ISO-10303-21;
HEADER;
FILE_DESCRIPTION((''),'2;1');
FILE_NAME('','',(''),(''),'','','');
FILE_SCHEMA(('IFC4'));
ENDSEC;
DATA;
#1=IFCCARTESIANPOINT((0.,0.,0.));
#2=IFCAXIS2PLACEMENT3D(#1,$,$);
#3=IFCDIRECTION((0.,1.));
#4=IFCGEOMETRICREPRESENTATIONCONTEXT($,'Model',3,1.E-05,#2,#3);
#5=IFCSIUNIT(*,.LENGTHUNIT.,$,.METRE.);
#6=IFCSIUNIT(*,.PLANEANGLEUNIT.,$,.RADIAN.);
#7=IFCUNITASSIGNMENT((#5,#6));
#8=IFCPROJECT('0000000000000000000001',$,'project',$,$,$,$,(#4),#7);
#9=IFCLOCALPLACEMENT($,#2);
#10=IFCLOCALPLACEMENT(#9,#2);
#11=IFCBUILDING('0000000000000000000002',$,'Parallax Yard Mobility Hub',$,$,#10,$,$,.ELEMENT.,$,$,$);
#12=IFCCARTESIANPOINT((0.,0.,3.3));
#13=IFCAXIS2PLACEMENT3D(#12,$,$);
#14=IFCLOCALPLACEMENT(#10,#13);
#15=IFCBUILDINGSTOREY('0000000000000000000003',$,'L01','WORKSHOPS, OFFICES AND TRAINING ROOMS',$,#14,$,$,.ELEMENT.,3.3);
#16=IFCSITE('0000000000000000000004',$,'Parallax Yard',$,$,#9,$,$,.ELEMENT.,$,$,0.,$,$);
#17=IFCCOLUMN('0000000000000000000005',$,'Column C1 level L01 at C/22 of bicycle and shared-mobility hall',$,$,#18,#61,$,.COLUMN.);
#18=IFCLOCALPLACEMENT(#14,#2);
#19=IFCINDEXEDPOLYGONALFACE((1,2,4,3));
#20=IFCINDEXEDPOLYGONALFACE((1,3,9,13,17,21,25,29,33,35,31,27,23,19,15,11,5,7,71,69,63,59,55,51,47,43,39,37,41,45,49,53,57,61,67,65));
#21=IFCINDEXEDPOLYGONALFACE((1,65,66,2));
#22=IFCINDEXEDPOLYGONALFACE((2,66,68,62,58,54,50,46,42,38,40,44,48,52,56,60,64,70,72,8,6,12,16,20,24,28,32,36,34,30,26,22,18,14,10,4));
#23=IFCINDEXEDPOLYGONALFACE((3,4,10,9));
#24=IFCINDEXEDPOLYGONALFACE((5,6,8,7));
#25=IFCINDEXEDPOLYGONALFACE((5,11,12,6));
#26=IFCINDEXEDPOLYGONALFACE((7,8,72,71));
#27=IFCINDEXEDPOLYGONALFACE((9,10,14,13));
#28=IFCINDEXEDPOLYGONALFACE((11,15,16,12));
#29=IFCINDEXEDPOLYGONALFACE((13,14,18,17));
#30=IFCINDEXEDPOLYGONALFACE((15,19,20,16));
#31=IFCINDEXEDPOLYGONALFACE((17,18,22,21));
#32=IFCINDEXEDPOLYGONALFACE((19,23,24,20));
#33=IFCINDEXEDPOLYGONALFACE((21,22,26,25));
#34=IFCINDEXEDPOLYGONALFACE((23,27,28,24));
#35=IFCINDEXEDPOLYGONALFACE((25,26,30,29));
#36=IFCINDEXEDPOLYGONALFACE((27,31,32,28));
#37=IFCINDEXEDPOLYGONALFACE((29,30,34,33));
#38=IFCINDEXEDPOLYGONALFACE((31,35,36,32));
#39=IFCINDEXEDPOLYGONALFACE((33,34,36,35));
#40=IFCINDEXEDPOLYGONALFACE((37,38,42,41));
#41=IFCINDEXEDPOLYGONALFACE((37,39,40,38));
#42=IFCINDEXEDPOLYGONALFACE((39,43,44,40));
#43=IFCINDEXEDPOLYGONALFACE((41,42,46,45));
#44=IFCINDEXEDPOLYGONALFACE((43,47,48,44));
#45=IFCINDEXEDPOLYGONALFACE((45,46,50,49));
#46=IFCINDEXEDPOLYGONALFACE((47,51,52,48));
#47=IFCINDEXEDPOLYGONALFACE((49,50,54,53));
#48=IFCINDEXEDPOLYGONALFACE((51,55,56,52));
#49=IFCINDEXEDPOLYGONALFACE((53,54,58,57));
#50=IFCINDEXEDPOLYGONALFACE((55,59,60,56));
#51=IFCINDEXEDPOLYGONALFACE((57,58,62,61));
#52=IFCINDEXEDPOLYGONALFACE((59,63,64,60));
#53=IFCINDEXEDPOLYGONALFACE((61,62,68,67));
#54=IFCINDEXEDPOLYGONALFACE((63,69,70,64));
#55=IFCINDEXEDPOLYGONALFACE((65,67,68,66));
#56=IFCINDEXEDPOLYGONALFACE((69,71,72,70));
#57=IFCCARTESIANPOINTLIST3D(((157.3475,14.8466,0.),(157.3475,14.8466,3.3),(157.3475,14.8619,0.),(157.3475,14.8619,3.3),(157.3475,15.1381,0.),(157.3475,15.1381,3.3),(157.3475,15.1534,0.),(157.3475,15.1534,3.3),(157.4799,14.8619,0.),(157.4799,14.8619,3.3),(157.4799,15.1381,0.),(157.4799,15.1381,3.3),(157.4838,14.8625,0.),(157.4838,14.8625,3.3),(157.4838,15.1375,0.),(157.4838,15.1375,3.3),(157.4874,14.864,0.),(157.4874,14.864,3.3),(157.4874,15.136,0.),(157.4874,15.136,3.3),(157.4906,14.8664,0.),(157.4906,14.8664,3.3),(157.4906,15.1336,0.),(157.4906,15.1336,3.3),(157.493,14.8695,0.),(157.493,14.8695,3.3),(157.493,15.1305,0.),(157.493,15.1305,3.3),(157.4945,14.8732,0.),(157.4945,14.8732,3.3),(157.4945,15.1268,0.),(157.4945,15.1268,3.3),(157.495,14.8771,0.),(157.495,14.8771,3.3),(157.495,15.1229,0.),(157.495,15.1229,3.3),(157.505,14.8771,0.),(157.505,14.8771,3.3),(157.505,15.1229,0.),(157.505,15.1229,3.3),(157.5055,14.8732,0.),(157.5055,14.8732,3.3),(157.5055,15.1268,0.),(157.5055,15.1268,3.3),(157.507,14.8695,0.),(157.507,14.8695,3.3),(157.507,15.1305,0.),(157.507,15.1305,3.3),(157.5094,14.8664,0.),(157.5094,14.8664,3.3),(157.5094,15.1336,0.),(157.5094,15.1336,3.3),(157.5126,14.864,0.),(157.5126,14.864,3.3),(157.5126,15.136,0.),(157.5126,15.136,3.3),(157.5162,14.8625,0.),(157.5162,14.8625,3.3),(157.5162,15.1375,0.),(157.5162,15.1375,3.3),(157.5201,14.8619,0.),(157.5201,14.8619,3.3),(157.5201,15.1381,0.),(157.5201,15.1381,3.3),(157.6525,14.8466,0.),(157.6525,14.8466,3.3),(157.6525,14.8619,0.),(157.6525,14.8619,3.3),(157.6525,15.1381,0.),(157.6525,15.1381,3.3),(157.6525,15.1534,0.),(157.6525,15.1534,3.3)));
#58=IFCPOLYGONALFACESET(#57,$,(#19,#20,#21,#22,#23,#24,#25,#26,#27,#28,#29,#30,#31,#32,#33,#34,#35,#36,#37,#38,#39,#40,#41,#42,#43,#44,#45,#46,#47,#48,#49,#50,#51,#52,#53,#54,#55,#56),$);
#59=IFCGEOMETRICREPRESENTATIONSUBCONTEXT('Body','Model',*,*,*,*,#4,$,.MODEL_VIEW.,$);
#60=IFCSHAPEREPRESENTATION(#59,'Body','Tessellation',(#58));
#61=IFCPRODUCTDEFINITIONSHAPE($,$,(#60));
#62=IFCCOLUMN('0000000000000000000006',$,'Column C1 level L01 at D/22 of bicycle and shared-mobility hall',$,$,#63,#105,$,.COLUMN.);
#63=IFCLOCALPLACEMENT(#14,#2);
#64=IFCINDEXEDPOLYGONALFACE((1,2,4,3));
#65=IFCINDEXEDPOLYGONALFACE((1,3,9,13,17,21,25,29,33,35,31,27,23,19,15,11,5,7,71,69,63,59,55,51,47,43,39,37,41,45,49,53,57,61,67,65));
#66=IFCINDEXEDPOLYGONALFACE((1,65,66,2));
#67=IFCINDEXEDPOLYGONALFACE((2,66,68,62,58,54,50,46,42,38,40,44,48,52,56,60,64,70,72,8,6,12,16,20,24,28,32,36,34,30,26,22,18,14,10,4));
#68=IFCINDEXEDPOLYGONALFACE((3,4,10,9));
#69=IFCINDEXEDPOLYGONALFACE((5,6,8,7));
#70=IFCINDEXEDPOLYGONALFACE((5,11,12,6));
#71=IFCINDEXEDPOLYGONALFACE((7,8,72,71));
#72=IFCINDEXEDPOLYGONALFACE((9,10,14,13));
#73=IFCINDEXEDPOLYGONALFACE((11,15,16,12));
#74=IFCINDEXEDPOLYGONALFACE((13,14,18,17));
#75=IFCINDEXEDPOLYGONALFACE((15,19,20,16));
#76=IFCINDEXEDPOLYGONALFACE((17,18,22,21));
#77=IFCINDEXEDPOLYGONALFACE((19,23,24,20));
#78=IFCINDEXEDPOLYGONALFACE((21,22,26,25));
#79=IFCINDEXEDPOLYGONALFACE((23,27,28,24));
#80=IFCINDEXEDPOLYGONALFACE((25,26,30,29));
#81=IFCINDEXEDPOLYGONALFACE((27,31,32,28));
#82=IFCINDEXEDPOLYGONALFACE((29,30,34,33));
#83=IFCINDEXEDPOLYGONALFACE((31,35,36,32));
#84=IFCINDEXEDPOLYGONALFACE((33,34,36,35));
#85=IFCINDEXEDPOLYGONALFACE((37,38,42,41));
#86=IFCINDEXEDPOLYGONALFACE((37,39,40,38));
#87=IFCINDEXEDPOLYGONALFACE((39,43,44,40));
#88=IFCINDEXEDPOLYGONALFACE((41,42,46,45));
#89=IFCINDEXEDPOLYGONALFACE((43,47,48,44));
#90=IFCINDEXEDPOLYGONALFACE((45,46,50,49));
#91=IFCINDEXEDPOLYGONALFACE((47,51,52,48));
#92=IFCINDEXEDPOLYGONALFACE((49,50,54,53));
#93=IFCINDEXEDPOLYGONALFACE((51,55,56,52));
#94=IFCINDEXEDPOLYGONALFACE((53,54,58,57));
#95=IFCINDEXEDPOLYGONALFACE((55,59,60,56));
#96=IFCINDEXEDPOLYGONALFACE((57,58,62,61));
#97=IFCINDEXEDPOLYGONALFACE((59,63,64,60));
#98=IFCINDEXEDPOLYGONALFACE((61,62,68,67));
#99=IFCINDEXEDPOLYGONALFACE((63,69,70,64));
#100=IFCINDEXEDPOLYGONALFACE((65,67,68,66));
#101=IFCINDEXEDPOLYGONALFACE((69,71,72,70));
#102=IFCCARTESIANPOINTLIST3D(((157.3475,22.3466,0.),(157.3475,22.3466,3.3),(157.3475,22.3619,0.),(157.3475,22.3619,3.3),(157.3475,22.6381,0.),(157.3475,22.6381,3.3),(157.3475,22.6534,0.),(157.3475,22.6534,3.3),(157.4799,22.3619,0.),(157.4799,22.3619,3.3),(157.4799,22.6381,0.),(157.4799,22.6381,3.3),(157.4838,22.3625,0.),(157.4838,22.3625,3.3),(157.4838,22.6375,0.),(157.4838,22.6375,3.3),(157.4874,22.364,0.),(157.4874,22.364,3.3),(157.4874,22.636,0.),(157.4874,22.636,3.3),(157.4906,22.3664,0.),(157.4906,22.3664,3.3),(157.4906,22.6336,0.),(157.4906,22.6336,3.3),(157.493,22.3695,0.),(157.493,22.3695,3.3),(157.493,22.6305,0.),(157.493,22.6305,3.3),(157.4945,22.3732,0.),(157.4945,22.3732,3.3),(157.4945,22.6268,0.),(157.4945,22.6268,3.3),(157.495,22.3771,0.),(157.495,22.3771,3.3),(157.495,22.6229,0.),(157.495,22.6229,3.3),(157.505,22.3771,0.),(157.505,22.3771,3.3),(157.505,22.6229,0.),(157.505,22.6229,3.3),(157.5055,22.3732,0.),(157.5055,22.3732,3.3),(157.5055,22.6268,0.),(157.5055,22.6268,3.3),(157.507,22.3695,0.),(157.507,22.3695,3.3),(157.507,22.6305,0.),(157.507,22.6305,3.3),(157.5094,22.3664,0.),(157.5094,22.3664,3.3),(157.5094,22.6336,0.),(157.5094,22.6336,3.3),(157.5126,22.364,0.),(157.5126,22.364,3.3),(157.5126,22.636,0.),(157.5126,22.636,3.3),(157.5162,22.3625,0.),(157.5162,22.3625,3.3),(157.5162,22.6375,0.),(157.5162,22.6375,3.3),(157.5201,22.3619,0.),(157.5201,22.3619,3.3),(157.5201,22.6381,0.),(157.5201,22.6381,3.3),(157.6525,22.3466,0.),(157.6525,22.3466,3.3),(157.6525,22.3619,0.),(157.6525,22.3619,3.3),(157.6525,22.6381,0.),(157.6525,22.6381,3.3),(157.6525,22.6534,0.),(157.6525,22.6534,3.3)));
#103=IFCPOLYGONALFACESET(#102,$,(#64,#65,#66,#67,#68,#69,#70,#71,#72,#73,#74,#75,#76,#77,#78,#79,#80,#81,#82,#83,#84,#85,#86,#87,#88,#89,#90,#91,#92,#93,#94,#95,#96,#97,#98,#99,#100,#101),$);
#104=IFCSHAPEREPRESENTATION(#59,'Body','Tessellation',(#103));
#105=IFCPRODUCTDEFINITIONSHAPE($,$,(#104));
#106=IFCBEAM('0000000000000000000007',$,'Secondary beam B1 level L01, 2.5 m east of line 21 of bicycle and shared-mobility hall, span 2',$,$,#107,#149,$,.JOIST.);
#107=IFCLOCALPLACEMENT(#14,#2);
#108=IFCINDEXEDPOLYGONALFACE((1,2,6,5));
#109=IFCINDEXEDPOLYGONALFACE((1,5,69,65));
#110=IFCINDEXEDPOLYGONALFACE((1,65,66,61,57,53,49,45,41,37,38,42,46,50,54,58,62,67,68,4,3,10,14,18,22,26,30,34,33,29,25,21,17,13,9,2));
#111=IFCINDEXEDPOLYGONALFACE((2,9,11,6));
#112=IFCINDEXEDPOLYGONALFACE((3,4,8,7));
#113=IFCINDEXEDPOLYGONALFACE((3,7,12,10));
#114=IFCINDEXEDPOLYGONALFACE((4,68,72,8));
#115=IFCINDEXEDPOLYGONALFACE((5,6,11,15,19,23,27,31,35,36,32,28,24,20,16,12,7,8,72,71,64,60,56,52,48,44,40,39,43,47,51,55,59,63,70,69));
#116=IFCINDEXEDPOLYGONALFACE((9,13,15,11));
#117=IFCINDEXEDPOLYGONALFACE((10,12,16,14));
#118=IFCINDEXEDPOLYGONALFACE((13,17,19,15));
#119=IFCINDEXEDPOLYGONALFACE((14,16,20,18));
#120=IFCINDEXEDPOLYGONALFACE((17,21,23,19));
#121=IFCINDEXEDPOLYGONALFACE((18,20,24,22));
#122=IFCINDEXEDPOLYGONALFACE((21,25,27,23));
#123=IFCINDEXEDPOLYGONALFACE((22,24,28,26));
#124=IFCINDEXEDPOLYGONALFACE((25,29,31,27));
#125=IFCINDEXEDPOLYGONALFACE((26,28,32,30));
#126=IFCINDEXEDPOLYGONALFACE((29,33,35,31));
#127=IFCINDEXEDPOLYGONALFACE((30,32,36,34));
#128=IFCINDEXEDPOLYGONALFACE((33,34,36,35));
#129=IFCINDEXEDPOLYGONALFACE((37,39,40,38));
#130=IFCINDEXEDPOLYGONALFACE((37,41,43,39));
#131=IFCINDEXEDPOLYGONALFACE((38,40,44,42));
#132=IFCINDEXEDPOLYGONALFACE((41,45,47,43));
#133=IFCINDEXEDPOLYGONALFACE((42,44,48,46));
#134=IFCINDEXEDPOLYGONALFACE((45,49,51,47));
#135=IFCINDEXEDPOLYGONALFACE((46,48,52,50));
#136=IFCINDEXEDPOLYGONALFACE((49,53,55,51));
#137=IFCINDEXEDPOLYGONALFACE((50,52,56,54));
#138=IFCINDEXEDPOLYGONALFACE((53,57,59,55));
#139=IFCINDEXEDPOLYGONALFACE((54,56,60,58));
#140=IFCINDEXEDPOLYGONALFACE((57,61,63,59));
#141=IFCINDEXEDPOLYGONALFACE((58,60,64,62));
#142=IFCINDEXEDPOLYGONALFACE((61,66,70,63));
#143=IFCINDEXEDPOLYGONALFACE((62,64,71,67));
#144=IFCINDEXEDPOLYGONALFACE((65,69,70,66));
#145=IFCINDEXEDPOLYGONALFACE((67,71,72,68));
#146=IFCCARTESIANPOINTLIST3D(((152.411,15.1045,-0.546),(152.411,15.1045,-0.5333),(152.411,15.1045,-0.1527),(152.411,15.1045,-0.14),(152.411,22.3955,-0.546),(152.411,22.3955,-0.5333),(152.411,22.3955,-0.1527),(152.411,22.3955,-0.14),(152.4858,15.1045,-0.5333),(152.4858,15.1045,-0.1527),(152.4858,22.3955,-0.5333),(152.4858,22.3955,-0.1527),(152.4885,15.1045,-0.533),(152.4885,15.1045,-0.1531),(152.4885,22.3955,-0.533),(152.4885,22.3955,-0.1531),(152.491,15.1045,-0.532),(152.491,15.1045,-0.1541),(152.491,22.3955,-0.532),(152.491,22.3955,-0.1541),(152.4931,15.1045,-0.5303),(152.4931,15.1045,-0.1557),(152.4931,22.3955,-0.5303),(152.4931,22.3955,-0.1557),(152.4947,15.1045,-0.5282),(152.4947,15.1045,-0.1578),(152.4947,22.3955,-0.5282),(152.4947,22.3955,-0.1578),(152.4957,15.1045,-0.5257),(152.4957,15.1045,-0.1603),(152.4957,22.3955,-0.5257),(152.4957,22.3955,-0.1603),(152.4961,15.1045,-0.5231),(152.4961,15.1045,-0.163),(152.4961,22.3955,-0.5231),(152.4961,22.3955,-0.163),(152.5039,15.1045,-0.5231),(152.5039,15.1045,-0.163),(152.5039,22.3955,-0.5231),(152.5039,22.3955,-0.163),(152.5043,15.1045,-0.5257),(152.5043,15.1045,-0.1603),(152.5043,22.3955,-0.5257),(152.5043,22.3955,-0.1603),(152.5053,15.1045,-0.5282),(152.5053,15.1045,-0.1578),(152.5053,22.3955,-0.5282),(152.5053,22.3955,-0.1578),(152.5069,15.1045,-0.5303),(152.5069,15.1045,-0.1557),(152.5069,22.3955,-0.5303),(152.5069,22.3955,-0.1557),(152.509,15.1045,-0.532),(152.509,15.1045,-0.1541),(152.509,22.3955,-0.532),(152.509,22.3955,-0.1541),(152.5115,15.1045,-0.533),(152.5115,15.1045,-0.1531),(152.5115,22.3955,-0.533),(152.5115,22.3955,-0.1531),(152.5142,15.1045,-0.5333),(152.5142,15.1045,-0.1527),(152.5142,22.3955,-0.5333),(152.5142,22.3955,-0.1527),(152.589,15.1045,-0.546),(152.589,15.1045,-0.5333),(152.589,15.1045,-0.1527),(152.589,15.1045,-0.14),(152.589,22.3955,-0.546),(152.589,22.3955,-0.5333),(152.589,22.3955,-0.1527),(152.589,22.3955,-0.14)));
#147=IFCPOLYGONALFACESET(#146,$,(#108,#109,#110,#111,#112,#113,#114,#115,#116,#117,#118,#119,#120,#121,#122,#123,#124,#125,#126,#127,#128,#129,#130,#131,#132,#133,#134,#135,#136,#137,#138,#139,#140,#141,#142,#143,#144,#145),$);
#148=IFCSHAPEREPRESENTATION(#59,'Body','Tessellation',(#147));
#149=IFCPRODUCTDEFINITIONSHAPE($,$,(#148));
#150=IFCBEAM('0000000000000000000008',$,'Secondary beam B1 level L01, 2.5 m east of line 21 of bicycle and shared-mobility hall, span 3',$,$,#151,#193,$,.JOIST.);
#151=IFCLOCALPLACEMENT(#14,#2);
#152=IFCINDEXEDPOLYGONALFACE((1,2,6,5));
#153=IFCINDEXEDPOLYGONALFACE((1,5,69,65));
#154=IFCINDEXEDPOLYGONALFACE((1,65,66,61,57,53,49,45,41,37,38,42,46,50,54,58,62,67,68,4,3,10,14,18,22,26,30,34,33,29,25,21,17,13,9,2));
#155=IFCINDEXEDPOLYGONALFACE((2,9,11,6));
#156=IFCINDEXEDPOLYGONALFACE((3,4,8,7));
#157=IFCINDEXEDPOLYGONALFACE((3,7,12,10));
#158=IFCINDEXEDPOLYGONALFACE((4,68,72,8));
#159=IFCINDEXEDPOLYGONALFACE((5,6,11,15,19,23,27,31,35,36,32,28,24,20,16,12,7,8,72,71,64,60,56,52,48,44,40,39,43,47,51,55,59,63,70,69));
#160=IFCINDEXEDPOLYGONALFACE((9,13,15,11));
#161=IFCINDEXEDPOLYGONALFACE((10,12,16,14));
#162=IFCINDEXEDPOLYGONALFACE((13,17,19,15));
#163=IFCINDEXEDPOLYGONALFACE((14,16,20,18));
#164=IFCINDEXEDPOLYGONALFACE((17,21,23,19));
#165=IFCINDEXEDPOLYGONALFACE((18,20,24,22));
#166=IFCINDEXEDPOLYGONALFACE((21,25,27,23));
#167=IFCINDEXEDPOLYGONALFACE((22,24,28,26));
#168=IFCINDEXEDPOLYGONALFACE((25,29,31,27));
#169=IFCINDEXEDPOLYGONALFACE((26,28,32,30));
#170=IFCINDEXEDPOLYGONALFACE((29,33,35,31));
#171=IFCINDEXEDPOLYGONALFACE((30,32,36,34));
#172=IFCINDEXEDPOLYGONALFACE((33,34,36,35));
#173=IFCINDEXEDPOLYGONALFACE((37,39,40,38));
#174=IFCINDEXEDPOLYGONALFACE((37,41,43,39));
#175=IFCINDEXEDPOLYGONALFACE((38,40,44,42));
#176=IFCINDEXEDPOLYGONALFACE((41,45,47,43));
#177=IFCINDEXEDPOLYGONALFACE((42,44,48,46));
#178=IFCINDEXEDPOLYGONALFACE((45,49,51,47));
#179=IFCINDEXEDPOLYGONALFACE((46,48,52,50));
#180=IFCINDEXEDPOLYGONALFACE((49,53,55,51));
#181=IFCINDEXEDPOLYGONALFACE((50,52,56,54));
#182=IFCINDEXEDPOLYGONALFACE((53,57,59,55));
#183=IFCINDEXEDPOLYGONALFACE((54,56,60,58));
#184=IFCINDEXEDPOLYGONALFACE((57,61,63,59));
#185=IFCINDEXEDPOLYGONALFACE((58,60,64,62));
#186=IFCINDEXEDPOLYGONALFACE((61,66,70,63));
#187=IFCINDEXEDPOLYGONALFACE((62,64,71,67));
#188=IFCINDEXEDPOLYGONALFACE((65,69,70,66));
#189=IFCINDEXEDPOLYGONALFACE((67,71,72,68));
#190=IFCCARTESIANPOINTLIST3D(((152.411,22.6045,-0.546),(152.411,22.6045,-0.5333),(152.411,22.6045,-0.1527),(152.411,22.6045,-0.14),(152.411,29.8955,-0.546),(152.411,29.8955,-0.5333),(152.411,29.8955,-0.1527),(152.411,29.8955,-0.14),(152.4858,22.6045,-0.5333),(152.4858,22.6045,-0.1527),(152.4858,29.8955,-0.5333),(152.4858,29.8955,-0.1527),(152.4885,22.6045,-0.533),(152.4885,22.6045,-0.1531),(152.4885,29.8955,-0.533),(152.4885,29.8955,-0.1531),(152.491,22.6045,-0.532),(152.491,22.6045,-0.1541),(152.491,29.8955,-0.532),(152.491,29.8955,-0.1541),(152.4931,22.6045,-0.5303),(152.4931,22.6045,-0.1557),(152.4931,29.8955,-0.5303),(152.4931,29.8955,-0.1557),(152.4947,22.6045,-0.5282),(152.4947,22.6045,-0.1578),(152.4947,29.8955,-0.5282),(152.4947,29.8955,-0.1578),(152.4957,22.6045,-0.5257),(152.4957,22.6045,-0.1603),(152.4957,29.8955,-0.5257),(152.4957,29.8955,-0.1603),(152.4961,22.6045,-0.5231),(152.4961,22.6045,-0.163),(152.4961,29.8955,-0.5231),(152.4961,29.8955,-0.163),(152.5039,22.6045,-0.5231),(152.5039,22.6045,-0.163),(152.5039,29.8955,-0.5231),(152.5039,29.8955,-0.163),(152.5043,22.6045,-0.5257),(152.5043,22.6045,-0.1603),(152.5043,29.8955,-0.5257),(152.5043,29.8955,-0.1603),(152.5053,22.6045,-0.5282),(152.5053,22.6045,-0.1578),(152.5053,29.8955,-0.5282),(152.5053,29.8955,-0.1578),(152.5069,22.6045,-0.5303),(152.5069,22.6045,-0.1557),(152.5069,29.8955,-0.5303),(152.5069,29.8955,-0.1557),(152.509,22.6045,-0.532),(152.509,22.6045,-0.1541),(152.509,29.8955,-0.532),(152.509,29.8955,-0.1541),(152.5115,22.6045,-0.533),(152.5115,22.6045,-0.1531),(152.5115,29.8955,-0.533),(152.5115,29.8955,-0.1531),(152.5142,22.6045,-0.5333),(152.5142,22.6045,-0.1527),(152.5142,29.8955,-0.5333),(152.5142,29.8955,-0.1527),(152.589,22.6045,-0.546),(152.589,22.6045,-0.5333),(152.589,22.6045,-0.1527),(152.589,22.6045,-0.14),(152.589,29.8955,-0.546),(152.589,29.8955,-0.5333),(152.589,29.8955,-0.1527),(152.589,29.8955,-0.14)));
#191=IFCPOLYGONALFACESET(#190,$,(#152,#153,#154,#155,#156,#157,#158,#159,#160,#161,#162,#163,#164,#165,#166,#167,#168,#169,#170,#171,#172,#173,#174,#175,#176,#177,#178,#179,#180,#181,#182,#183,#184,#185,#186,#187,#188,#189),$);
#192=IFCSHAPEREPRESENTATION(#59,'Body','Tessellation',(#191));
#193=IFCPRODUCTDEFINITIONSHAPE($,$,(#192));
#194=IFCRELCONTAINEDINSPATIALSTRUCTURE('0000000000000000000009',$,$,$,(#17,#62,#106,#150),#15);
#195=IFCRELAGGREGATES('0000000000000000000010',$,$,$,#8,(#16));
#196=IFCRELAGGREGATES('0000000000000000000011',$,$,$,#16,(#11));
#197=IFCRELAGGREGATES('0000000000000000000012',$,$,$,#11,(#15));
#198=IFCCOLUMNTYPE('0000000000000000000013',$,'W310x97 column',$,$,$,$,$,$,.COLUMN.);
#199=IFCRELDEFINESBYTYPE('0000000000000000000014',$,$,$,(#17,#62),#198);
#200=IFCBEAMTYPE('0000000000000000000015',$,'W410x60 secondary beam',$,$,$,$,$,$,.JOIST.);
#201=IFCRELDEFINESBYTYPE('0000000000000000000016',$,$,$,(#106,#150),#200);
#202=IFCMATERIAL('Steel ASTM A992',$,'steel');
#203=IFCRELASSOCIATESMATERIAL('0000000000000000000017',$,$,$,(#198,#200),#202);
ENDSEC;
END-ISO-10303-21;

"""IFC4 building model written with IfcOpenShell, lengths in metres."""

from ifc_helpers import new_model, si_unit, direction, frame, origin, origin_2d, place, context, subcontext, project, spatial, i_section, extrude, material, material_profile, profile_set, type_object, element, save


model = new_model("IFC4")

# Units and contexts
model_context = context("Model", 3, precision=1e-05, world=origin(), true_north=direction((0.0, 1.0)))
body_context = subcontext(model_context, "Body", "Model", "MODEL_VIEW")
ifc_project = project(units=[si_unit("LENGTHUNIT", "METRE"), si_unit("PLANEANGLEUNIT", "RADIAN")], contexts=[model_context])

# Site, building, storey
site_placement = place(None, origin())
site = spatial("IfcSite", under=ifc_project, at=site_placement, Name="Parallax Yard", CompositionType="ELEMENT", RefElevation=0.0)
building_placement = place(site_placement, origin())
building = spatial("IfcBuilding", under=site, at=building_placement, Name="Parallax Yard Mobility Hub", CompositionType="ELEMENT")
storey_placement = place(building_placement, frame((0.0, 0.0, 3.3)))
storey = spatial("IfcBuildingStorey", under=building, at=storey_placement, Name="L01", Description="WORKSHOPS, OFFICES AND TRAINING ROOMS", CompositionType="ELEMENT", Elevation=3.3)

# Columns
ifc_material_1 = material(Name="Steel ASTM A992", Category="steel")
ifc_material_profile_1 = material_profile(ifc_material_1, i_section(OverallWidth=0.3049, OverallDepth=0.3069, WebThickness=0.01, FlangeThickness=0.0154, FilletRadius=0.0151, at=origin_2d()), Name="W310x97")
ifc_profile_set_1 = profile_set([ifc_material_profile_1], Name="Steel ASTM A992")
column_type = type_object("IfcColumnType", Name="W310x97 column", PredefinedType="COLUMN", material=ifc_profile_set_1)
for number, where, z_axis, x_axis, name in (
    (1, (157.5, 15.0, 0.0), (0.0, 0.0, 1.0), (1.0, 0.0, 0.0), "Column C1 level L01 at C/22 of bicycle and shared-mobility hall"),
    (2, (157.5, 22.5, 0.0), (0.0, 0.0, 1.0), (1.0, 0.0, 0.0), "Column C1 level L01 at D/22 of bicycle and shared-mobility hall"),
):
    element("IfcColumn", number, at=place(storey_placement, frame(where, z_axis=z_axis, x_axis=x_axis)), inside=storey, type_object=column_type, Name=name, PredefinedType="COLUMN", context=body_context, shape_type="SweptSolid", body=[
        extrude(i_section(OverallWidth=0.3049, OverallDepth=0.3069, WebThickness=0.01, FlangeThickness=0.0154, FilletRadius=0.0151, at=origin_2d()), origin(), (0.0, 0.0, 1.0), 3.3),
    ])

# Beams
ifc_material_profile_2 = material_profile(ifc_material_1, i_section(OverallWidth=0.178, OverallDepth=0.406, WebThickness=0.0078, FlangeThickness=0.0127, FilletRadius=0.0103, at=origin_2d()), Name="W410x60")
ifc_profile_set_2 = profile_set([ifc_material_profile_2], Name="Steel ASTM A992")
beam_type_1 = type_object("IfcBeamType", Name="W410x60 secondary beam", PredefinedType="JOIST", material=ifc_profile_set_2)
for number, where, z_axis, x_axis, name in (
    (3, (152.5, 15.1045, -0.343), (0.0, 1.0, 0.0), (-1.0, 0.0, 0.0), "Secondary beam B1 level L01, 2.5 m east of line 21 of bicycle and shared-mobility hall, span 2"),
    (4, (152.5, 22.6045, -0.343), (0.0, 1.0, 0.0), (-1.0, 0.0, 0.0), "Secondary beam B1 level L01, 2.5 m east of line 21 of bicycle and shared-mobility hall, span 3"),
):
    element("IfcBeam", number, at=place(storey_placement, frame(where, z_axis=z_axis, x_axis=x_axis)), inside=storey, type_object=beam_type_1, Name=name, PredefinedType="JOIST", context=body_context, shape_type="SweptSolid", body=[
        extrude(i_section(OverallWidth=0.178, OverallDepth=0.406, WebThickness=0.0078, FlangeThickness=0.0127, FilletRadius=0.0103, at=origin_2d()), origin(), (0.0, 0.0, 1.0), 7.291),
    ])

save(model, "model.ifc")
